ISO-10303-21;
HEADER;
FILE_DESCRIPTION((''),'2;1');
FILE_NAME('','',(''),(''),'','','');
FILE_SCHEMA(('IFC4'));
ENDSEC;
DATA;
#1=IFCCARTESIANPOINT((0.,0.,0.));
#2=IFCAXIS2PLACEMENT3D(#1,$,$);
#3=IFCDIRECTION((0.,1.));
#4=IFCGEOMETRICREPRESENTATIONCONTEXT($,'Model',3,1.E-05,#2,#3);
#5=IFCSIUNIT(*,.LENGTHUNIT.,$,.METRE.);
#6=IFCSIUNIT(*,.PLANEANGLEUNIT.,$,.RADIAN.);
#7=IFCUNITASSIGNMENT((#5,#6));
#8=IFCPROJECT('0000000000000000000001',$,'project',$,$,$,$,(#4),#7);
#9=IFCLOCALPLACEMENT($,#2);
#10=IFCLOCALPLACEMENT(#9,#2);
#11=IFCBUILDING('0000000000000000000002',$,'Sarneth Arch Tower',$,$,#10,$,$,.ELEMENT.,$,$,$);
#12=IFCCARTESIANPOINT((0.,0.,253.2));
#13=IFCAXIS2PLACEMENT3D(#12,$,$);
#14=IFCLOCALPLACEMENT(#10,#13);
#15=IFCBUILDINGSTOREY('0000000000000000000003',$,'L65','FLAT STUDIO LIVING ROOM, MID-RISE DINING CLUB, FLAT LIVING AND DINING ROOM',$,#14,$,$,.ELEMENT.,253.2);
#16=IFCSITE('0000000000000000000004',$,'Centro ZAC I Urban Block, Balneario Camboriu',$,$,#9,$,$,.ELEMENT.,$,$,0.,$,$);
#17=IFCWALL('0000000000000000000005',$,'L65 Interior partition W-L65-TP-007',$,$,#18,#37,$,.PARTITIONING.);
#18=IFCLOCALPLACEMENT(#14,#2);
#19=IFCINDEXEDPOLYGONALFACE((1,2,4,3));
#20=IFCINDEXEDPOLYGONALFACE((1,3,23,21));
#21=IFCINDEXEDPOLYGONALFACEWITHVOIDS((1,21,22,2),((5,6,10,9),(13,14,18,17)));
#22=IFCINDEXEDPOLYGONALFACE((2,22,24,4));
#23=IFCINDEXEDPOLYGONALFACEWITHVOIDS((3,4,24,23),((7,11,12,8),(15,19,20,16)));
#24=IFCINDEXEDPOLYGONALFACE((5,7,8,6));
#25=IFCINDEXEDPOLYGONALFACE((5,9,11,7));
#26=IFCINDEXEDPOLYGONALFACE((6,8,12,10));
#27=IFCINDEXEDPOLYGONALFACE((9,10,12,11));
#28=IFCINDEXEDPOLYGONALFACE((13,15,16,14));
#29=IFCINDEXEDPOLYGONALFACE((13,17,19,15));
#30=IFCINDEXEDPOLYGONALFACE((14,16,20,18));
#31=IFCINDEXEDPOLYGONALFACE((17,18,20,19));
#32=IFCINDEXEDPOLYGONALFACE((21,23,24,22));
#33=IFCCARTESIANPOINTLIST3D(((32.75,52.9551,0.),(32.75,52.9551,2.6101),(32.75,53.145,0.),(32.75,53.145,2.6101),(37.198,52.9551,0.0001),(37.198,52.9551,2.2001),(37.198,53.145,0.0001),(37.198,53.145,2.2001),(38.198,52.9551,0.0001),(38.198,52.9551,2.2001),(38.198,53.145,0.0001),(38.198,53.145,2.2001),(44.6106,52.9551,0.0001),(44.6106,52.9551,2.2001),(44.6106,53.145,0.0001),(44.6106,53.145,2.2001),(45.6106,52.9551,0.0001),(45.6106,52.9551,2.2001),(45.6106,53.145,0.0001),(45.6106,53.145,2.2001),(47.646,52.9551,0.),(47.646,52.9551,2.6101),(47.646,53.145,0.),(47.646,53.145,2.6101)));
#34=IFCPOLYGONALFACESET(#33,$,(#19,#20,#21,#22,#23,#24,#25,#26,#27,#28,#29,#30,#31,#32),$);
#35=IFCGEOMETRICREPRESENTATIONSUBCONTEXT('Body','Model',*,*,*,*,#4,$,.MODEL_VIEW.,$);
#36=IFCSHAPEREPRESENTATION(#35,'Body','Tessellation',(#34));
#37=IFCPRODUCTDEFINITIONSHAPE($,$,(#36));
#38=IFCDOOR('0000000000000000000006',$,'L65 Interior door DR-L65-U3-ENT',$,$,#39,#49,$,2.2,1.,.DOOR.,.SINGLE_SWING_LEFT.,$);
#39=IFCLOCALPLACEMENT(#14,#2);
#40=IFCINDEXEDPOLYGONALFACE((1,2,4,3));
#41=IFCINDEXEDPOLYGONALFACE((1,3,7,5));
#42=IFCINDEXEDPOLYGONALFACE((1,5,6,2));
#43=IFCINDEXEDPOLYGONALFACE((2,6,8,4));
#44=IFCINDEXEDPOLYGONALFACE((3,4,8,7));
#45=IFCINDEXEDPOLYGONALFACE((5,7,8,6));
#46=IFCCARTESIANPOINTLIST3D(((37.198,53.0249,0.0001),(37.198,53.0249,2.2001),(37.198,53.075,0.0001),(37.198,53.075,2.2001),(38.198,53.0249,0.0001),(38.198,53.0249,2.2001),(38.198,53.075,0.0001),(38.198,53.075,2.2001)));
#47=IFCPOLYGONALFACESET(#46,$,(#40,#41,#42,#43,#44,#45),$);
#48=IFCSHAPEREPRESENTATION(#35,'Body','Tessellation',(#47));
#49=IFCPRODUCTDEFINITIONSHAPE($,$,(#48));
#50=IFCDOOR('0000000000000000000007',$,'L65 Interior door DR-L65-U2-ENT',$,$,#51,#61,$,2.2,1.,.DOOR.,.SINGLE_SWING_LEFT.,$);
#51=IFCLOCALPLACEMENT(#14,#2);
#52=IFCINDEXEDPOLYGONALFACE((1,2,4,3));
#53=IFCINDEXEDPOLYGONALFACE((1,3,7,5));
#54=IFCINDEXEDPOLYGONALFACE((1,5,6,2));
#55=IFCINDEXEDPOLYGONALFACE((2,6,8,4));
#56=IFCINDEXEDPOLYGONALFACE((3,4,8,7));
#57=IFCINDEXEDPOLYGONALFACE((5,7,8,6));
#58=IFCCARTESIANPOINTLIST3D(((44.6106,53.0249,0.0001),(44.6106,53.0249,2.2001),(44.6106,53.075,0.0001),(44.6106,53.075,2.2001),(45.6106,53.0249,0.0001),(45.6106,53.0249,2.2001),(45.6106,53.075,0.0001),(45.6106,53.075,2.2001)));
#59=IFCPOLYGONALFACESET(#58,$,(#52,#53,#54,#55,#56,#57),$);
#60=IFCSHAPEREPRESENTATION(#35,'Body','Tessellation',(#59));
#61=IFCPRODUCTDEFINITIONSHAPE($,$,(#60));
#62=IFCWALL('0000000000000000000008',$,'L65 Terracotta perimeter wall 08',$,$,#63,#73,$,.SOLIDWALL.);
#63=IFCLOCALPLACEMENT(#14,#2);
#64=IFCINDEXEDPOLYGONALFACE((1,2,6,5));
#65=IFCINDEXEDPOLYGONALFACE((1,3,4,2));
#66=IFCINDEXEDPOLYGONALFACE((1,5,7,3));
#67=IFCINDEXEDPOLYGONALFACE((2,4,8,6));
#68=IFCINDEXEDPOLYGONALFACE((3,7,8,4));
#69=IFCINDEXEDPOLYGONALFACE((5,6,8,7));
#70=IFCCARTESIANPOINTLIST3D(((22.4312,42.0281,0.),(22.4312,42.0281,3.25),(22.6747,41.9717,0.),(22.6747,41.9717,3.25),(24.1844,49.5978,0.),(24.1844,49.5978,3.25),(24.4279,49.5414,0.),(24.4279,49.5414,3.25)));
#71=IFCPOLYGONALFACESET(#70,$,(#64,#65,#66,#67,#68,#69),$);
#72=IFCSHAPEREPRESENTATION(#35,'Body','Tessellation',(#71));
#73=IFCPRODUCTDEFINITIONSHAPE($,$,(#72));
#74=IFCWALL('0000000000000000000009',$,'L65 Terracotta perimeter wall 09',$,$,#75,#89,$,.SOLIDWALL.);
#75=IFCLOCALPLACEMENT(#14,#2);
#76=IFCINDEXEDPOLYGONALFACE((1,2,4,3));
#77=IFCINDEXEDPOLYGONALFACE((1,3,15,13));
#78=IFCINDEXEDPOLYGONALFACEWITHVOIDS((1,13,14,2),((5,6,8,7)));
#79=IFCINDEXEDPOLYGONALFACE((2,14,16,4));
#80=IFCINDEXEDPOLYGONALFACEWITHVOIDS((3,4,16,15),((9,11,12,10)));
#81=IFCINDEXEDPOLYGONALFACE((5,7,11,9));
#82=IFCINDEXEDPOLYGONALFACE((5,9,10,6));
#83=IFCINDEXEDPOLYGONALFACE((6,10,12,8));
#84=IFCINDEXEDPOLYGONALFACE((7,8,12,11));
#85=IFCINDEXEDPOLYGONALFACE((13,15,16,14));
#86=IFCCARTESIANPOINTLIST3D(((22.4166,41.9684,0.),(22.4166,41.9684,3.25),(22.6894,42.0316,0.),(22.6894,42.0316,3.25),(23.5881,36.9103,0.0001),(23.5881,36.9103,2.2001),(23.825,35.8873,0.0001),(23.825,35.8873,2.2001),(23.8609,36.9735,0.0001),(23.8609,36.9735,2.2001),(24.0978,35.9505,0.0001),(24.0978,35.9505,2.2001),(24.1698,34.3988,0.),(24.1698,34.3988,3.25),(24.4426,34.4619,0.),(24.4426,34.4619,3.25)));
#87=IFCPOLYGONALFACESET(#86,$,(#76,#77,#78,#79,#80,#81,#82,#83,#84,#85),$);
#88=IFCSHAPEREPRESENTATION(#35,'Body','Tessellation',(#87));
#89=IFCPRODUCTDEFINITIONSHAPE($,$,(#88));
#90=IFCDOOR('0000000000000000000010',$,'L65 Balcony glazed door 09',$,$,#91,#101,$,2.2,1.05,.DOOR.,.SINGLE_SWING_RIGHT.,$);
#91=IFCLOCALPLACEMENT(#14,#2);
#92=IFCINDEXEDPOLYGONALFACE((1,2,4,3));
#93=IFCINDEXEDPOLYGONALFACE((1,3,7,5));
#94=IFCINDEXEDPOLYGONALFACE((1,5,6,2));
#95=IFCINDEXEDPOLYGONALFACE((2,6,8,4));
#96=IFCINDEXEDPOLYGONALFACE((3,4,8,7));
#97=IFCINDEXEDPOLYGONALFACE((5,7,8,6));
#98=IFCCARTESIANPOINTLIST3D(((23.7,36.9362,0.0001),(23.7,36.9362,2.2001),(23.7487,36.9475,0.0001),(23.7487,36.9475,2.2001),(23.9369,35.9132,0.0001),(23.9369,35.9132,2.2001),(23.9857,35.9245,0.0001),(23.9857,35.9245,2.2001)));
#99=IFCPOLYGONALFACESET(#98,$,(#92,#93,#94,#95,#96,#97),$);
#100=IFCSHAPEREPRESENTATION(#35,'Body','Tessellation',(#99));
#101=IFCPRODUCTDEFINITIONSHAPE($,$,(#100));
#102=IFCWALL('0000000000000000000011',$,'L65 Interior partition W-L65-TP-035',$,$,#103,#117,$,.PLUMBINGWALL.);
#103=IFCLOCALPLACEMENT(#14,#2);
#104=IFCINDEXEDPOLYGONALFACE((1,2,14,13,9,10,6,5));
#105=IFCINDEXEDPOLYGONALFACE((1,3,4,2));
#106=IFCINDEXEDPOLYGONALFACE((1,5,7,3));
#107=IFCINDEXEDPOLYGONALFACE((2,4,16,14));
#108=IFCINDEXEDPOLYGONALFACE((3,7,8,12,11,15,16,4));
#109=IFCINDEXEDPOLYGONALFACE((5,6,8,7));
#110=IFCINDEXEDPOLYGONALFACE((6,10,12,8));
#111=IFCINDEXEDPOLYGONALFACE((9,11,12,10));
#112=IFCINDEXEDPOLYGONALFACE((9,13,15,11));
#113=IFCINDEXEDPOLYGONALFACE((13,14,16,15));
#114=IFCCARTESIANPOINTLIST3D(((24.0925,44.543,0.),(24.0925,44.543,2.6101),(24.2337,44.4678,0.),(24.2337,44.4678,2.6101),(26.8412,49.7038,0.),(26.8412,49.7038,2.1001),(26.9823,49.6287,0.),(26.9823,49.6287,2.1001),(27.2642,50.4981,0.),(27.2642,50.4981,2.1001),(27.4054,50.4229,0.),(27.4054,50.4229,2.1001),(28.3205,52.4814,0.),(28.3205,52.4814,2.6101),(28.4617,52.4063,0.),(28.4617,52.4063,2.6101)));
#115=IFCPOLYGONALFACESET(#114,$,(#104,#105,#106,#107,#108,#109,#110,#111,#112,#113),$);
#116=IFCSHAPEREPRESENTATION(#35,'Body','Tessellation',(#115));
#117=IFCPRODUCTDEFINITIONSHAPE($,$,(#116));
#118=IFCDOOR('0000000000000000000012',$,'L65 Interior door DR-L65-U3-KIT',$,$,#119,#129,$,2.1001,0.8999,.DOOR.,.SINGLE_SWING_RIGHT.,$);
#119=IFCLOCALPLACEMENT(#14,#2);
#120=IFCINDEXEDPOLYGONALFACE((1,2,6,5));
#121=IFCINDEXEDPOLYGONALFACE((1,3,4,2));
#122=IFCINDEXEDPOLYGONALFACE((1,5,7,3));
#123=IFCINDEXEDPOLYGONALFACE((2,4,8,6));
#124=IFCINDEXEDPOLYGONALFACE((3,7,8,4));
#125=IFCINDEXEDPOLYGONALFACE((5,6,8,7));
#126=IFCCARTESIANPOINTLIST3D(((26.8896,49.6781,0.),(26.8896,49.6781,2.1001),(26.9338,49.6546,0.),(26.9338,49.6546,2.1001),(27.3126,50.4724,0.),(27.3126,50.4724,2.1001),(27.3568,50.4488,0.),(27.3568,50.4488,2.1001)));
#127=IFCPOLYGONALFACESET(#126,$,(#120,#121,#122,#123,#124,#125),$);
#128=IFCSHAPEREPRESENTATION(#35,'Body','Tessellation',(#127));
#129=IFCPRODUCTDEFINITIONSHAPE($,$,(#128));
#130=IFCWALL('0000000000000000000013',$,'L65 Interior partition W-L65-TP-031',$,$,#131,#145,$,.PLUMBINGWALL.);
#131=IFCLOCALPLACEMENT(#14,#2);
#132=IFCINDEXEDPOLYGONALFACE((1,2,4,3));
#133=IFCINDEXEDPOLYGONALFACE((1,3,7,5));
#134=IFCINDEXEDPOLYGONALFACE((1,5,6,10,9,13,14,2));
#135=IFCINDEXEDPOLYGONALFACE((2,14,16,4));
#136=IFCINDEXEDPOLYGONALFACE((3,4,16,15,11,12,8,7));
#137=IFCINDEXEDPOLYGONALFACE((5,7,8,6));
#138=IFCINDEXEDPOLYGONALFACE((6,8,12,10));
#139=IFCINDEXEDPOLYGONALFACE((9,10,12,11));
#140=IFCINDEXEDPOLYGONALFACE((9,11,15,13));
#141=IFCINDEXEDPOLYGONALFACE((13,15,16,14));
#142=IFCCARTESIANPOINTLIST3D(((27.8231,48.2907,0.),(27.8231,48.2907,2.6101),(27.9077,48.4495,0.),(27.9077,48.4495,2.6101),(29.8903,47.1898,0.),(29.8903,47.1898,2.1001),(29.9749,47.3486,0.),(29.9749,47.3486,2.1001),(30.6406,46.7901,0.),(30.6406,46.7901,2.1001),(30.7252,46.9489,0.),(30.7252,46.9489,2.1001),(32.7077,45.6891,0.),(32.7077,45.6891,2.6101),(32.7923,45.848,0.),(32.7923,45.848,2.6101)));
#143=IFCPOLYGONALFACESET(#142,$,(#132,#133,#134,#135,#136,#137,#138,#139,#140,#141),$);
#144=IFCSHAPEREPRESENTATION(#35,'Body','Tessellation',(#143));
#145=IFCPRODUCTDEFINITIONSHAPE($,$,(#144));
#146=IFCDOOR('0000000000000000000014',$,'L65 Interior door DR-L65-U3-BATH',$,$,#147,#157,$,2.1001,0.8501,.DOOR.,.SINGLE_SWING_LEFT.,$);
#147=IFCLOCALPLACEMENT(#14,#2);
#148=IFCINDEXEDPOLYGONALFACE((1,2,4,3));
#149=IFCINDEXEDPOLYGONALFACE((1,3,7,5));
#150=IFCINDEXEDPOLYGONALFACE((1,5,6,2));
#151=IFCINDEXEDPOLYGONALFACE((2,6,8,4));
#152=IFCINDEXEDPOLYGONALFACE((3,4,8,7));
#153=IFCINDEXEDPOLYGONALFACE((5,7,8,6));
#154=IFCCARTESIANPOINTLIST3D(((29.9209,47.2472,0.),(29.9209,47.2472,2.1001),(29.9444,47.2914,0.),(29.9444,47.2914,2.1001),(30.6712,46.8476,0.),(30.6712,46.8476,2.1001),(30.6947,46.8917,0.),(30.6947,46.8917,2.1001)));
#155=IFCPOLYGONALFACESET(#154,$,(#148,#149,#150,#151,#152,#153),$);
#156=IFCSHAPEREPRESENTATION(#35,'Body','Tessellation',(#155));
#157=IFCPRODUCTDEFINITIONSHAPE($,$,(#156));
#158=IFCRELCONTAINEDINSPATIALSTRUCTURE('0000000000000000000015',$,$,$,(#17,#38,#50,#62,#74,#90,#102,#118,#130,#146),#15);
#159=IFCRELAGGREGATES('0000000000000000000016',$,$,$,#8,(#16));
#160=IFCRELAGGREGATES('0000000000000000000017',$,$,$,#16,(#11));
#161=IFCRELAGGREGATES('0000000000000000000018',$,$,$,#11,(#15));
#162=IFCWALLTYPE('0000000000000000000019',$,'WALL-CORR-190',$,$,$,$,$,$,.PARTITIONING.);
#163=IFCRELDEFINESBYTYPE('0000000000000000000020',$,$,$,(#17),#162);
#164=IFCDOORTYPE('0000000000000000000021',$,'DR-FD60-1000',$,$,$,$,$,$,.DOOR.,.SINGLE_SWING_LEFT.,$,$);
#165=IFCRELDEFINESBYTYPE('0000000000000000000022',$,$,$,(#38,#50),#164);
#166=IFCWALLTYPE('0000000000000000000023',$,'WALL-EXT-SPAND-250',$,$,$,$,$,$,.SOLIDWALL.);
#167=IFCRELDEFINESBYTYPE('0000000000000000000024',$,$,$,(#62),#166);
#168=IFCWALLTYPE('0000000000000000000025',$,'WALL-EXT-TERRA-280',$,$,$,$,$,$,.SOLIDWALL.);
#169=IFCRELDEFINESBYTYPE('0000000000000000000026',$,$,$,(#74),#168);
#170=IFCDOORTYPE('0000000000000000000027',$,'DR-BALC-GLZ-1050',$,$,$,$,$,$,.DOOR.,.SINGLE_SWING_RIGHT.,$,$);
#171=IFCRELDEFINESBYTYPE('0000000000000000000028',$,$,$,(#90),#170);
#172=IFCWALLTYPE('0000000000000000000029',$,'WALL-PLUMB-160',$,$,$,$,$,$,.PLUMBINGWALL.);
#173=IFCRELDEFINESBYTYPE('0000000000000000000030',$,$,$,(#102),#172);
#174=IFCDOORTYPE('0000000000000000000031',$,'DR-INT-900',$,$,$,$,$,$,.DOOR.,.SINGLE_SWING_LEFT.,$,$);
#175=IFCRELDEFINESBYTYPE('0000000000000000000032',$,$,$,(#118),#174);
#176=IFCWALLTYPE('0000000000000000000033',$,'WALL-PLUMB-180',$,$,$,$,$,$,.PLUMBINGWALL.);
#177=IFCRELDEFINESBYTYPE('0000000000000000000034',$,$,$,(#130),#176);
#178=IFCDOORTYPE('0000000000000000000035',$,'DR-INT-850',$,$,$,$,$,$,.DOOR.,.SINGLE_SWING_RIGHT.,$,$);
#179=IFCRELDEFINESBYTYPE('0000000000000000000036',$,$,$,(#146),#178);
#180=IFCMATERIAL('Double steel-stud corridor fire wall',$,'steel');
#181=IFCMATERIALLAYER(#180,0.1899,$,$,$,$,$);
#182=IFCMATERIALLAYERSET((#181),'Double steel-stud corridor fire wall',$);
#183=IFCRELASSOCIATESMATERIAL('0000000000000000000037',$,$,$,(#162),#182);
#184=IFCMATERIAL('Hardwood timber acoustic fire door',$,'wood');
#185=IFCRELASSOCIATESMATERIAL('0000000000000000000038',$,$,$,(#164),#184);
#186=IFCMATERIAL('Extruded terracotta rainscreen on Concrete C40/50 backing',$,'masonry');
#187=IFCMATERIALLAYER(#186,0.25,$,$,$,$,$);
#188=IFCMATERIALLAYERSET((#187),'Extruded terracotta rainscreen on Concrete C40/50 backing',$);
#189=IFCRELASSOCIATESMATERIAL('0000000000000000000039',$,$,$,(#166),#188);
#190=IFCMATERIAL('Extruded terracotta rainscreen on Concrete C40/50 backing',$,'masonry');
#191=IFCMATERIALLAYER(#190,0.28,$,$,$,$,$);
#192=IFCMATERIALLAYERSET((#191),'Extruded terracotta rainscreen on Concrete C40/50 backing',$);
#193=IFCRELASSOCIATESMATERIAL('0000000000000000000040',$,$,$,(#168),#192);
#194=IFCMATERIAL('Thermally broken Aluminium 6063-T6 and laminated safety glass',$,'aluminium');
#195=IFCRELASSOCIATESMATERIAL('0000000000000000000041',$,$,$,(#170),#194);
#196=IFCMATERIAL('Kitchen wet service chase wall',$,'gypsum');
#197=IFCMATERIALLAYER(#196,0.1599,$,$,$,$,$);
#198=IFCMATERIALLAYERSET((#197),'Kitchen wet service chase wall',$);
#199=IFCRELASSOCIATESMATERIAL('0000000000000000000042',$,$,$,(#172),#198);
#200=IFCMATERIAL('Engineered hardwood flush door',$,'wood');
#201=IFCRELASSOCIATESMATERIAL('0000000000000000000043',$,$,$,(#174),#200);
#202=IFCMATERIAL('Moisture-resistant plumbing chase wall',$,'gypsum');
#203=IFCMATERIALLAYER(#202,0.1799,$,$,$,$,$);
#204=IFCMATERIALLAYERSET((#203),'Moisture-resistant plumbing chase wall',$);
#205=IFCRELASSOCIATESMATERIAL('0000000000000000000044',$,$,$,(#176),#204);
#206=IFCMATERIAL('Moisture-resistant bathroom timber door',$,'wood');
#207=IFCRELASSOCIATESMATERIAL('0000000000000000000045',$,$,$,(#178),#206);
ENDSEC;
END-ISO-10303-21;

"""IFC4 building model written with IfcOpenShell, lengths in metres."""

from ifc_helpers import new_model, si_unit, direction, frame, frame_2d, origin, place, context, subcontext, project, spatial, rectangle, extrude, material, layer, layer_set, type_object, element, fill, save


model = new_model("IFC4")

# Units and contexts
model_context = context("Model", 3, precision=1e-05, world=origin(), true_north=direction((0.0, 1.0)))
body_context = subcontext(model_context, "Body", "Model", "MODEL_VIEW")
ifc_project = project(units=[si_unit("LENGTHUNIT", "METRE"), si_unit("PLANEANGLEUNIT", "RADIAN")], contexts=[model_context])

# Site, building, storey
site_placement = place(None, origin())
site = spatial("IfcSite", under=ifc_project, at=site_placement, Name="Centro ZAC I Urban Block, Balneario Camboriu", CompositionType="ELEMENT", RefElevation=0.0)
building_placement = place(site_placement, origin())
building = spatial("IfcBuilding", under=site, at=building_placement, Name="Sarneth Arch Tower", CompositionType="ELEMENT")
storey_placement = place(building_placement, frame((0.0, 0.0, 253.2)))
storey = spatial("IfcBuildingStorey", under=building, at=storey_placement, Name="L65", Description="FLAT STUDIO LIVING ROOM, MID-RISE DINING CLUB, FLAT LIVING AND DINING ROOM", CompositionType="ELEMENT", Elevation=253.2)

# Wall, openings, doors
ifc_material_1 = material(Name="Double steel-stud corridor fire wall", Category="steel")
ifc_layer_1 = layer(ifc_material_1, 0.1899)
ifc_layer_set_1 = layer_set([ifc_layer_1], Name="Double steel-stud corridor fire wall")
wall_type_1 = type_object("IfcWallType", Name="WALL-CORR-190", PredefinedType="PARTITIONING", material=ifc_layer_set_1)
wall_1_placement = place(storey_placement, frame((32.75, 53.05, 0.0), z_axis=(0.0, 0.0, 1.0), x_axis=(1.0, 0.0, 0.0)))
wall_1 = element("IfcWall", 1, at=wall_1_placement, inside=storey, type_object=wall_type_1, Name="L65 Interior partition W-L65-TP-007", PredefinedType="PARTITIONING", context=body_context, shape_type="SweptSolid", body=[
    extrude(rectangle(XDim=14.896, YDim=0.1899, at=frame_2d((7.448, 0.0))), origin(), (0.0, 0.0, 1.0), 2.6101),
])
opening_1_placement = place(wall_1_placement, frame((4.448, 0.0, 0.0)))
opening_1 = element("IfcOpeningElement", 2, at=opening_1_placement, cuts=wall_1, PredefinedType="OPENING", context=body_context, shape_type="SweptSolid", body=[
    extrude(rectangle(XDim=1.0, YDim=2.2, at=frame_2d((0.5, 1.1001))), frame((0.0, 0.105, 0.0), z_axis=(0.0, -1.0, 0.0), x_axis=(1.0, 0.0, 0.0)), (0.0, 0.0, 1.0), 0.21),
])
opening_2_placement = place(wall_1_placement, frame((11.8606, 0.0, 0.0)))
opening_2 = element("IfcOpeningElement", 3, at=opening_2_placement, cuts=wall_1, PredefinedType="OPENING", context=body_context, shape_type="SweptSolid", body=[
    extrude(rectangle(XDim=1.0, YDim=2.2, at=frame_2d((0.5, 1.1001))), frame((0.0, 0.105, 0.0), z_axis=(0.0, -1.0, 0.0), x_axis=(1.0, 0.0, 0.0)), (0.0, 0.0, 1.0), 0.21),
])
ifc_material_2 = material(Name="Hardwood timber acoustic fire door", Category="wood")
door_type_1 = type_object("IfcDoorType", Name="DR-FD60-1000", OperationType="SINGLE_SWING_LEFT", PredefinedType="DOOR", material=ifc_material_2)
door_1_placement = place(opening_1_placement, origin())
door_1 = element("IfcDoor", 4, at=door_1_placement, inside=storey, type_object=door_type_1, Name="L65 Interior door DR-L65-U3-ENT", OperationType="SINGLE_SWING_LEFT", OverallHeight=2.2, OverallWidth=1.0, PredefinedType="DOOR", context=body_context, shape_type="SweptSolid", body=[
    extrude(rectangle(XDim=1.0, YDim=2.2, at=frame_2d((0.5, 1.1001))), frame((0.0, 0.0249, 0.0), z_axis=(0.0, -1.0, 0.0), x_axis=(1.0, 0.0, 0.0)), (0.0, 0.0, 1.0), 0.05),
])
fill(opening_1, door_1)
door_2_placement = place(opening_2_placement, origin())
door_2 = element("IfcDoor", 5, at=door_2_placement, inside=storey, type_object=door_type_1, Name="L65 Interior door DR-L65-U2-ENT", OperationType="SINGLE_SWING_LEFT", OverallHeight=2.2, OverallWidth=1.0, PredefinedType="DOOR", context=body_context, shape_type="SweptSolid", body=[
    extrude(rectangle(XDim=1.0, YDim=2.2, at=frame_2d((0.5, 1.1001))), frame((0.0, 0.0249, 0.0), z_axis=(0.0, -1.0, 0.0), x_axis=(1.0, 0.0, 0.0)), (0.0, 0.0, 1.0), 0.05),
])
fill(opening_2, door_2)

# Wall
ifc_material_3 = material(Name="Extruded terracotta rainscreen on Concrete C40/50 backing", Category="masonry")
ifc_layer_2 = layer(ifc_material_3, 0.25)
ifc_layer_set_2 = layer_set([ifc_layer_2], Name="Extruded terracotta rainscreen on Concrete C40/50 backing")
wall_type_2 = type_object("IfcWallType", Name="WALL-EXT-SPAND-250", PredefinedType="SOLIDWALL", material=ifc_layer_set_2)
wall_2_placement = place(storey_placement, frame((24.3062, 49.5696, 0.0), z_axis=(0.0, 0.0, 1.0), x_axis=(-0.225635, -0.974212, 0.0)))
element("IfcWall", 6, at=wall_2_placement, inside=storey, type_object=wall_type_2, Name="L65 Terracotta perimeter wall 08", PredefinedType="SOLIDWALL", context=body_context, shape_type="SweptSolid", body=[
    extrude(rectangle(XDim=7.77, YDim=0.25, at=frame_2d((3.885, 0.0))), origin(), (0.0, 0.0, 1.0), 3.25),
])

# Walls, openings, doors
ifc_material_4 = material(Name="Extruded terracotta rainscreen on Concrete C40/50 backing", Category="masonry")
ifc_layer_3 = layer(ifc_material_4, 0.28)
ifc_layer_set_3 = layer_set([ifc_layer_3], Name="Extruded terracotta rainscreen on Concrete C40/50 backing")
wall_type_3 = type_object("IfcWallType", Name="WALL-EXT-TERRA-280", PredefinedType="SOLIDWALL", material=ifc_layer_set_3)
wall_3_placement = place(storey_placement, frame((22.553, 42.0, 0.0), z_axis=(0.0, 0.0, 1.0), x_axis=(0.225635, -0.974212, 0.0)))
wall_3 = element("IfcWall", 7, at=wall_3_placement, inside=storey, type_object=wall_type_3, Name="L65 Terracotta perimeter wall 09", PredefinedType="SOLIDWALL", context=body_context, shape_type="SweptSolid", body=[
    extrude(rectangle(XDim=7.77, YDim=0.28, at=frame_2d((3.885, 0.0))), origin(), (0.0, 0.0, 1.0), 3.25),
])
opening_3_placement = place(wall_3_placement, frame((5.1921, 0.0, 0.0)))
opening_3 = element("IfcOpeningElement", 8, at=opening_3_placement, cuts=wall_3, PredefinedType="OPENING", context=body_context, shape_type="SweptSolid", body=[
    extrude(rectangle(XDim=1.05, YDim=2.2, at=frame_2d((0.5249, 1.1001))), frame((0.0, 0.1499, 0.0), z_axis=(0.0, -1.0, 0.0), x_axis=(1.0, 0.0, 0.0)), (0.0, 0.0, 1.0), 0.3),
])
ifc_material_5 = material(Name="Thermally broken Aluminium 6063-T6 and laminated safety glass", Category="aluminium")
door_type_2 = type_object("IfcDoorType", Name="DR-BALC-GLZ-1050", OperationType="SINGLE_SWING_RIGHT", PredefinedType="DOOR", material=ifc_material_5)
door_3_placement = place(opening_3_placement, origin())
door_3 = element("IfcDoor", 9, at=door_3_placement, inside=storey, type_object=door_type_2, Name="L65 Balcony glazed door 09", OperationType="SINGLE_SWING_RIGHT", OverallHeight=2.2, OverallWidth=1.05, PredefinedType="DOOR", context=body_context, shape_type="SweptSolid", body=[
    extrude(rectangle(XDim=1.05, YDim=2.2, at=frame_2d((0.5249, 1.1001))), frame((0.0, 0.0249, 0.0), z_axis=(0.0, -1.0, 0.0), x_axis=(1.0, 0.0, 0.0)), (0.0, 0.0, 1.0), 0.05),
])
fill(opening_3, door_3)
ifc_material_6 = material(Name="Kitchen wet service chase wall", Category="gypsum")
ifc_layer_4 = layer(ifc_material_6, 0.1599)
ifc_layer_set_4 = layer_set([ifc_layer_4], Name="Kitchen wet service chase wall")
wall_type_4 = type_object("IfcWallType", Name="WALL-PLUMB-160", PredefinedType="PLUMBINGWALL", material=ifc_layer_set_4)
wall_4_placement = place(storey_placement, frame((28.3911, 52.4438, 0.0), z_axis=(0.0, 0.0, 1.0), x_axis=(-0.470084, -0.882622, 0.0)))
wall_4 = element("IfcWall", 10, at=wall_4_placement, inside=storey, type_object=wall_type_4, Name="L65 Interior partition W-L65-TP-035", PredefinedType="PLUMBINGWALL", context=body_context, shape_type="SweptSolid", body=[
    extrude(rectangle(XDim=8.9941, YDim=0.1599, at=frame_2d((4.4971, 0.0))), origin(), (0.0, 0.0, 1.0), 2.6101),
])
opening_4_placement = place(wall_4_placement, frame((2.2471, 0.0, 0.0)))
opening_4 = element("IfcOpeningElement", 11, at=opening_4_placement, cuts=wall_4, PredefinedType="OPENING", context=body_context, shape_type="SweptSolid", body=[
    extrude(rectangle(XDim=0.8999, YDim=2.1001, at=frame_2d((0.45, 1.05))), frame((0.0, 0.0898, 0.0), z_axis=(0.0, -1.0, 0.0), x_axis=(1.0, 0.0, 0.0)), (0.0, 0.0, 1.0), 0.1799),
])
ifc_material_7 = material(Name="Engineered hardwood flush door", Category="wood")
door_type_3 = type_object("IfcDoorType", Name="DR-INT-900", OperationType="SINGLE_SWING_LEFT", PredefinedType="DOOR", material=ifc_material_7)
door_4_placement = place(opening_4_placement, origin())
door_4 = element("IfcDoor", 12, at=door_4_placement, inside=storey, type_object=door_type_3, Name="L65 Interior door DR-L65-U3-KIT", OperationType="SINGLE_SWING_RIGHT", OverallHeight=2.1001, OverallWidth=0.8999, PredefinedType="DOOR", context=body_context, shape_type="SweptSolid", body=[
    extrude(rectangle(XDim=0.8999, YDim=2.1001, at=frame_2d((0.45, 1.05))), frame((0.0, 0.0249, 0.0), z_axis=(0.0, -1.0, 0.0), x_axis=(1.0, 0.0, 0.0)), (0.0, 0.0, 1.0), 0.05),
])
fill(opening_4, door_4)
ifc_material_8 = material(Name="Moisture-resistant plumbing chase wall", Category="gypsum")
ifc_layer_5 = layer(ifc_material_8, 0.1799)
ifc_layer_set_5 = layer_set([ifc_layer_5], Name="Moisture-resistant plumbing chase wall")
wall_type_5 = type_object("IfcWallType", Name="WALL-PLUMB-180", PredefinedType="PLUMBINGWALL", material=ifc_layer_set_5)
wall_5_placement = place(storey_placement, frame((32.75, 45.7686, 0.0), z_axis=(0.0, 0.0, 1.0), x_axis=(-0.882617, 0.470094, 0.0)))
wall_5 = element("IfcWall", 13, at=wall_5_placement, inside=storey, type_object=wall_type_5, Name="L65 Interior partition W-L65-TP-031", PredefinedType="PLUMBINGWALL", context=body_context, shape_type="SweptSolid", body=[
    extrude(rectangle(XDim=5.5342, YDim=0.1799, at=frame_2d((2.7671, 0.0))), origin(), (0.0, 0.0, 1.0), 2.6101),
])
opening_5_placement = place(wall_5_placement, frame((2.342, 0.0, 0.0)))
opening_5 = element("IfcOpeningElement", 14, at=opening_5_placement, cuts=wall_5, PredefinedType="OPENING", context=body_context, shape_type="SweptSolid", body=[
    extrude(rectangle(XDim=0.8501, YDim=2.1001, at=frame_2d((0.425, 1.05))), frame((0.0, 0.0999, 0.0), z_axis=(0.0, -1.0, 0.0), x_axis=(1.0, 0.0, 0.0)), (0.0, 0.0, 1.0), 0.2),
])
ifc_material_9 = material(Name="Moisture-resistant bathroom timber door", Category="wood")
door_type_4 = type_object("IfcDoorType", Name="DR-INT-850", OperationType="SINGLE_SWING_RIGHT", PredefinedType="DOOR", material=ifc_material_9)
door_5_placement = place(opening_5_placement, origin())
door_5 = element("IfcDoor", 15, at=door_5_placement, inside=storey, type_object=door_type_4, Name="L65 Interior door DR-L65-U3-BATH", OperationType="SINGLE_SWING_LEFT", OverallHeight=2.1001, OverallWidth=0.8501, PredefinedType="DOOR", context=body_context, shape_type="SweptSolid", body=[
    extrude(rectangle(XDim=0.8501, YDim=2.1001, at=frame_2d((0.425, 1.05))), frame((0.0, 0.0249, 0.0), z_axis=(0.0, -1.0, 0.0), x_axis=(1.0, 0.0, 0.0)), (0.0, 0.0, 1.0), 0.05),
])
fill(opening_5, door_5)

save(model, "model.ifc")
